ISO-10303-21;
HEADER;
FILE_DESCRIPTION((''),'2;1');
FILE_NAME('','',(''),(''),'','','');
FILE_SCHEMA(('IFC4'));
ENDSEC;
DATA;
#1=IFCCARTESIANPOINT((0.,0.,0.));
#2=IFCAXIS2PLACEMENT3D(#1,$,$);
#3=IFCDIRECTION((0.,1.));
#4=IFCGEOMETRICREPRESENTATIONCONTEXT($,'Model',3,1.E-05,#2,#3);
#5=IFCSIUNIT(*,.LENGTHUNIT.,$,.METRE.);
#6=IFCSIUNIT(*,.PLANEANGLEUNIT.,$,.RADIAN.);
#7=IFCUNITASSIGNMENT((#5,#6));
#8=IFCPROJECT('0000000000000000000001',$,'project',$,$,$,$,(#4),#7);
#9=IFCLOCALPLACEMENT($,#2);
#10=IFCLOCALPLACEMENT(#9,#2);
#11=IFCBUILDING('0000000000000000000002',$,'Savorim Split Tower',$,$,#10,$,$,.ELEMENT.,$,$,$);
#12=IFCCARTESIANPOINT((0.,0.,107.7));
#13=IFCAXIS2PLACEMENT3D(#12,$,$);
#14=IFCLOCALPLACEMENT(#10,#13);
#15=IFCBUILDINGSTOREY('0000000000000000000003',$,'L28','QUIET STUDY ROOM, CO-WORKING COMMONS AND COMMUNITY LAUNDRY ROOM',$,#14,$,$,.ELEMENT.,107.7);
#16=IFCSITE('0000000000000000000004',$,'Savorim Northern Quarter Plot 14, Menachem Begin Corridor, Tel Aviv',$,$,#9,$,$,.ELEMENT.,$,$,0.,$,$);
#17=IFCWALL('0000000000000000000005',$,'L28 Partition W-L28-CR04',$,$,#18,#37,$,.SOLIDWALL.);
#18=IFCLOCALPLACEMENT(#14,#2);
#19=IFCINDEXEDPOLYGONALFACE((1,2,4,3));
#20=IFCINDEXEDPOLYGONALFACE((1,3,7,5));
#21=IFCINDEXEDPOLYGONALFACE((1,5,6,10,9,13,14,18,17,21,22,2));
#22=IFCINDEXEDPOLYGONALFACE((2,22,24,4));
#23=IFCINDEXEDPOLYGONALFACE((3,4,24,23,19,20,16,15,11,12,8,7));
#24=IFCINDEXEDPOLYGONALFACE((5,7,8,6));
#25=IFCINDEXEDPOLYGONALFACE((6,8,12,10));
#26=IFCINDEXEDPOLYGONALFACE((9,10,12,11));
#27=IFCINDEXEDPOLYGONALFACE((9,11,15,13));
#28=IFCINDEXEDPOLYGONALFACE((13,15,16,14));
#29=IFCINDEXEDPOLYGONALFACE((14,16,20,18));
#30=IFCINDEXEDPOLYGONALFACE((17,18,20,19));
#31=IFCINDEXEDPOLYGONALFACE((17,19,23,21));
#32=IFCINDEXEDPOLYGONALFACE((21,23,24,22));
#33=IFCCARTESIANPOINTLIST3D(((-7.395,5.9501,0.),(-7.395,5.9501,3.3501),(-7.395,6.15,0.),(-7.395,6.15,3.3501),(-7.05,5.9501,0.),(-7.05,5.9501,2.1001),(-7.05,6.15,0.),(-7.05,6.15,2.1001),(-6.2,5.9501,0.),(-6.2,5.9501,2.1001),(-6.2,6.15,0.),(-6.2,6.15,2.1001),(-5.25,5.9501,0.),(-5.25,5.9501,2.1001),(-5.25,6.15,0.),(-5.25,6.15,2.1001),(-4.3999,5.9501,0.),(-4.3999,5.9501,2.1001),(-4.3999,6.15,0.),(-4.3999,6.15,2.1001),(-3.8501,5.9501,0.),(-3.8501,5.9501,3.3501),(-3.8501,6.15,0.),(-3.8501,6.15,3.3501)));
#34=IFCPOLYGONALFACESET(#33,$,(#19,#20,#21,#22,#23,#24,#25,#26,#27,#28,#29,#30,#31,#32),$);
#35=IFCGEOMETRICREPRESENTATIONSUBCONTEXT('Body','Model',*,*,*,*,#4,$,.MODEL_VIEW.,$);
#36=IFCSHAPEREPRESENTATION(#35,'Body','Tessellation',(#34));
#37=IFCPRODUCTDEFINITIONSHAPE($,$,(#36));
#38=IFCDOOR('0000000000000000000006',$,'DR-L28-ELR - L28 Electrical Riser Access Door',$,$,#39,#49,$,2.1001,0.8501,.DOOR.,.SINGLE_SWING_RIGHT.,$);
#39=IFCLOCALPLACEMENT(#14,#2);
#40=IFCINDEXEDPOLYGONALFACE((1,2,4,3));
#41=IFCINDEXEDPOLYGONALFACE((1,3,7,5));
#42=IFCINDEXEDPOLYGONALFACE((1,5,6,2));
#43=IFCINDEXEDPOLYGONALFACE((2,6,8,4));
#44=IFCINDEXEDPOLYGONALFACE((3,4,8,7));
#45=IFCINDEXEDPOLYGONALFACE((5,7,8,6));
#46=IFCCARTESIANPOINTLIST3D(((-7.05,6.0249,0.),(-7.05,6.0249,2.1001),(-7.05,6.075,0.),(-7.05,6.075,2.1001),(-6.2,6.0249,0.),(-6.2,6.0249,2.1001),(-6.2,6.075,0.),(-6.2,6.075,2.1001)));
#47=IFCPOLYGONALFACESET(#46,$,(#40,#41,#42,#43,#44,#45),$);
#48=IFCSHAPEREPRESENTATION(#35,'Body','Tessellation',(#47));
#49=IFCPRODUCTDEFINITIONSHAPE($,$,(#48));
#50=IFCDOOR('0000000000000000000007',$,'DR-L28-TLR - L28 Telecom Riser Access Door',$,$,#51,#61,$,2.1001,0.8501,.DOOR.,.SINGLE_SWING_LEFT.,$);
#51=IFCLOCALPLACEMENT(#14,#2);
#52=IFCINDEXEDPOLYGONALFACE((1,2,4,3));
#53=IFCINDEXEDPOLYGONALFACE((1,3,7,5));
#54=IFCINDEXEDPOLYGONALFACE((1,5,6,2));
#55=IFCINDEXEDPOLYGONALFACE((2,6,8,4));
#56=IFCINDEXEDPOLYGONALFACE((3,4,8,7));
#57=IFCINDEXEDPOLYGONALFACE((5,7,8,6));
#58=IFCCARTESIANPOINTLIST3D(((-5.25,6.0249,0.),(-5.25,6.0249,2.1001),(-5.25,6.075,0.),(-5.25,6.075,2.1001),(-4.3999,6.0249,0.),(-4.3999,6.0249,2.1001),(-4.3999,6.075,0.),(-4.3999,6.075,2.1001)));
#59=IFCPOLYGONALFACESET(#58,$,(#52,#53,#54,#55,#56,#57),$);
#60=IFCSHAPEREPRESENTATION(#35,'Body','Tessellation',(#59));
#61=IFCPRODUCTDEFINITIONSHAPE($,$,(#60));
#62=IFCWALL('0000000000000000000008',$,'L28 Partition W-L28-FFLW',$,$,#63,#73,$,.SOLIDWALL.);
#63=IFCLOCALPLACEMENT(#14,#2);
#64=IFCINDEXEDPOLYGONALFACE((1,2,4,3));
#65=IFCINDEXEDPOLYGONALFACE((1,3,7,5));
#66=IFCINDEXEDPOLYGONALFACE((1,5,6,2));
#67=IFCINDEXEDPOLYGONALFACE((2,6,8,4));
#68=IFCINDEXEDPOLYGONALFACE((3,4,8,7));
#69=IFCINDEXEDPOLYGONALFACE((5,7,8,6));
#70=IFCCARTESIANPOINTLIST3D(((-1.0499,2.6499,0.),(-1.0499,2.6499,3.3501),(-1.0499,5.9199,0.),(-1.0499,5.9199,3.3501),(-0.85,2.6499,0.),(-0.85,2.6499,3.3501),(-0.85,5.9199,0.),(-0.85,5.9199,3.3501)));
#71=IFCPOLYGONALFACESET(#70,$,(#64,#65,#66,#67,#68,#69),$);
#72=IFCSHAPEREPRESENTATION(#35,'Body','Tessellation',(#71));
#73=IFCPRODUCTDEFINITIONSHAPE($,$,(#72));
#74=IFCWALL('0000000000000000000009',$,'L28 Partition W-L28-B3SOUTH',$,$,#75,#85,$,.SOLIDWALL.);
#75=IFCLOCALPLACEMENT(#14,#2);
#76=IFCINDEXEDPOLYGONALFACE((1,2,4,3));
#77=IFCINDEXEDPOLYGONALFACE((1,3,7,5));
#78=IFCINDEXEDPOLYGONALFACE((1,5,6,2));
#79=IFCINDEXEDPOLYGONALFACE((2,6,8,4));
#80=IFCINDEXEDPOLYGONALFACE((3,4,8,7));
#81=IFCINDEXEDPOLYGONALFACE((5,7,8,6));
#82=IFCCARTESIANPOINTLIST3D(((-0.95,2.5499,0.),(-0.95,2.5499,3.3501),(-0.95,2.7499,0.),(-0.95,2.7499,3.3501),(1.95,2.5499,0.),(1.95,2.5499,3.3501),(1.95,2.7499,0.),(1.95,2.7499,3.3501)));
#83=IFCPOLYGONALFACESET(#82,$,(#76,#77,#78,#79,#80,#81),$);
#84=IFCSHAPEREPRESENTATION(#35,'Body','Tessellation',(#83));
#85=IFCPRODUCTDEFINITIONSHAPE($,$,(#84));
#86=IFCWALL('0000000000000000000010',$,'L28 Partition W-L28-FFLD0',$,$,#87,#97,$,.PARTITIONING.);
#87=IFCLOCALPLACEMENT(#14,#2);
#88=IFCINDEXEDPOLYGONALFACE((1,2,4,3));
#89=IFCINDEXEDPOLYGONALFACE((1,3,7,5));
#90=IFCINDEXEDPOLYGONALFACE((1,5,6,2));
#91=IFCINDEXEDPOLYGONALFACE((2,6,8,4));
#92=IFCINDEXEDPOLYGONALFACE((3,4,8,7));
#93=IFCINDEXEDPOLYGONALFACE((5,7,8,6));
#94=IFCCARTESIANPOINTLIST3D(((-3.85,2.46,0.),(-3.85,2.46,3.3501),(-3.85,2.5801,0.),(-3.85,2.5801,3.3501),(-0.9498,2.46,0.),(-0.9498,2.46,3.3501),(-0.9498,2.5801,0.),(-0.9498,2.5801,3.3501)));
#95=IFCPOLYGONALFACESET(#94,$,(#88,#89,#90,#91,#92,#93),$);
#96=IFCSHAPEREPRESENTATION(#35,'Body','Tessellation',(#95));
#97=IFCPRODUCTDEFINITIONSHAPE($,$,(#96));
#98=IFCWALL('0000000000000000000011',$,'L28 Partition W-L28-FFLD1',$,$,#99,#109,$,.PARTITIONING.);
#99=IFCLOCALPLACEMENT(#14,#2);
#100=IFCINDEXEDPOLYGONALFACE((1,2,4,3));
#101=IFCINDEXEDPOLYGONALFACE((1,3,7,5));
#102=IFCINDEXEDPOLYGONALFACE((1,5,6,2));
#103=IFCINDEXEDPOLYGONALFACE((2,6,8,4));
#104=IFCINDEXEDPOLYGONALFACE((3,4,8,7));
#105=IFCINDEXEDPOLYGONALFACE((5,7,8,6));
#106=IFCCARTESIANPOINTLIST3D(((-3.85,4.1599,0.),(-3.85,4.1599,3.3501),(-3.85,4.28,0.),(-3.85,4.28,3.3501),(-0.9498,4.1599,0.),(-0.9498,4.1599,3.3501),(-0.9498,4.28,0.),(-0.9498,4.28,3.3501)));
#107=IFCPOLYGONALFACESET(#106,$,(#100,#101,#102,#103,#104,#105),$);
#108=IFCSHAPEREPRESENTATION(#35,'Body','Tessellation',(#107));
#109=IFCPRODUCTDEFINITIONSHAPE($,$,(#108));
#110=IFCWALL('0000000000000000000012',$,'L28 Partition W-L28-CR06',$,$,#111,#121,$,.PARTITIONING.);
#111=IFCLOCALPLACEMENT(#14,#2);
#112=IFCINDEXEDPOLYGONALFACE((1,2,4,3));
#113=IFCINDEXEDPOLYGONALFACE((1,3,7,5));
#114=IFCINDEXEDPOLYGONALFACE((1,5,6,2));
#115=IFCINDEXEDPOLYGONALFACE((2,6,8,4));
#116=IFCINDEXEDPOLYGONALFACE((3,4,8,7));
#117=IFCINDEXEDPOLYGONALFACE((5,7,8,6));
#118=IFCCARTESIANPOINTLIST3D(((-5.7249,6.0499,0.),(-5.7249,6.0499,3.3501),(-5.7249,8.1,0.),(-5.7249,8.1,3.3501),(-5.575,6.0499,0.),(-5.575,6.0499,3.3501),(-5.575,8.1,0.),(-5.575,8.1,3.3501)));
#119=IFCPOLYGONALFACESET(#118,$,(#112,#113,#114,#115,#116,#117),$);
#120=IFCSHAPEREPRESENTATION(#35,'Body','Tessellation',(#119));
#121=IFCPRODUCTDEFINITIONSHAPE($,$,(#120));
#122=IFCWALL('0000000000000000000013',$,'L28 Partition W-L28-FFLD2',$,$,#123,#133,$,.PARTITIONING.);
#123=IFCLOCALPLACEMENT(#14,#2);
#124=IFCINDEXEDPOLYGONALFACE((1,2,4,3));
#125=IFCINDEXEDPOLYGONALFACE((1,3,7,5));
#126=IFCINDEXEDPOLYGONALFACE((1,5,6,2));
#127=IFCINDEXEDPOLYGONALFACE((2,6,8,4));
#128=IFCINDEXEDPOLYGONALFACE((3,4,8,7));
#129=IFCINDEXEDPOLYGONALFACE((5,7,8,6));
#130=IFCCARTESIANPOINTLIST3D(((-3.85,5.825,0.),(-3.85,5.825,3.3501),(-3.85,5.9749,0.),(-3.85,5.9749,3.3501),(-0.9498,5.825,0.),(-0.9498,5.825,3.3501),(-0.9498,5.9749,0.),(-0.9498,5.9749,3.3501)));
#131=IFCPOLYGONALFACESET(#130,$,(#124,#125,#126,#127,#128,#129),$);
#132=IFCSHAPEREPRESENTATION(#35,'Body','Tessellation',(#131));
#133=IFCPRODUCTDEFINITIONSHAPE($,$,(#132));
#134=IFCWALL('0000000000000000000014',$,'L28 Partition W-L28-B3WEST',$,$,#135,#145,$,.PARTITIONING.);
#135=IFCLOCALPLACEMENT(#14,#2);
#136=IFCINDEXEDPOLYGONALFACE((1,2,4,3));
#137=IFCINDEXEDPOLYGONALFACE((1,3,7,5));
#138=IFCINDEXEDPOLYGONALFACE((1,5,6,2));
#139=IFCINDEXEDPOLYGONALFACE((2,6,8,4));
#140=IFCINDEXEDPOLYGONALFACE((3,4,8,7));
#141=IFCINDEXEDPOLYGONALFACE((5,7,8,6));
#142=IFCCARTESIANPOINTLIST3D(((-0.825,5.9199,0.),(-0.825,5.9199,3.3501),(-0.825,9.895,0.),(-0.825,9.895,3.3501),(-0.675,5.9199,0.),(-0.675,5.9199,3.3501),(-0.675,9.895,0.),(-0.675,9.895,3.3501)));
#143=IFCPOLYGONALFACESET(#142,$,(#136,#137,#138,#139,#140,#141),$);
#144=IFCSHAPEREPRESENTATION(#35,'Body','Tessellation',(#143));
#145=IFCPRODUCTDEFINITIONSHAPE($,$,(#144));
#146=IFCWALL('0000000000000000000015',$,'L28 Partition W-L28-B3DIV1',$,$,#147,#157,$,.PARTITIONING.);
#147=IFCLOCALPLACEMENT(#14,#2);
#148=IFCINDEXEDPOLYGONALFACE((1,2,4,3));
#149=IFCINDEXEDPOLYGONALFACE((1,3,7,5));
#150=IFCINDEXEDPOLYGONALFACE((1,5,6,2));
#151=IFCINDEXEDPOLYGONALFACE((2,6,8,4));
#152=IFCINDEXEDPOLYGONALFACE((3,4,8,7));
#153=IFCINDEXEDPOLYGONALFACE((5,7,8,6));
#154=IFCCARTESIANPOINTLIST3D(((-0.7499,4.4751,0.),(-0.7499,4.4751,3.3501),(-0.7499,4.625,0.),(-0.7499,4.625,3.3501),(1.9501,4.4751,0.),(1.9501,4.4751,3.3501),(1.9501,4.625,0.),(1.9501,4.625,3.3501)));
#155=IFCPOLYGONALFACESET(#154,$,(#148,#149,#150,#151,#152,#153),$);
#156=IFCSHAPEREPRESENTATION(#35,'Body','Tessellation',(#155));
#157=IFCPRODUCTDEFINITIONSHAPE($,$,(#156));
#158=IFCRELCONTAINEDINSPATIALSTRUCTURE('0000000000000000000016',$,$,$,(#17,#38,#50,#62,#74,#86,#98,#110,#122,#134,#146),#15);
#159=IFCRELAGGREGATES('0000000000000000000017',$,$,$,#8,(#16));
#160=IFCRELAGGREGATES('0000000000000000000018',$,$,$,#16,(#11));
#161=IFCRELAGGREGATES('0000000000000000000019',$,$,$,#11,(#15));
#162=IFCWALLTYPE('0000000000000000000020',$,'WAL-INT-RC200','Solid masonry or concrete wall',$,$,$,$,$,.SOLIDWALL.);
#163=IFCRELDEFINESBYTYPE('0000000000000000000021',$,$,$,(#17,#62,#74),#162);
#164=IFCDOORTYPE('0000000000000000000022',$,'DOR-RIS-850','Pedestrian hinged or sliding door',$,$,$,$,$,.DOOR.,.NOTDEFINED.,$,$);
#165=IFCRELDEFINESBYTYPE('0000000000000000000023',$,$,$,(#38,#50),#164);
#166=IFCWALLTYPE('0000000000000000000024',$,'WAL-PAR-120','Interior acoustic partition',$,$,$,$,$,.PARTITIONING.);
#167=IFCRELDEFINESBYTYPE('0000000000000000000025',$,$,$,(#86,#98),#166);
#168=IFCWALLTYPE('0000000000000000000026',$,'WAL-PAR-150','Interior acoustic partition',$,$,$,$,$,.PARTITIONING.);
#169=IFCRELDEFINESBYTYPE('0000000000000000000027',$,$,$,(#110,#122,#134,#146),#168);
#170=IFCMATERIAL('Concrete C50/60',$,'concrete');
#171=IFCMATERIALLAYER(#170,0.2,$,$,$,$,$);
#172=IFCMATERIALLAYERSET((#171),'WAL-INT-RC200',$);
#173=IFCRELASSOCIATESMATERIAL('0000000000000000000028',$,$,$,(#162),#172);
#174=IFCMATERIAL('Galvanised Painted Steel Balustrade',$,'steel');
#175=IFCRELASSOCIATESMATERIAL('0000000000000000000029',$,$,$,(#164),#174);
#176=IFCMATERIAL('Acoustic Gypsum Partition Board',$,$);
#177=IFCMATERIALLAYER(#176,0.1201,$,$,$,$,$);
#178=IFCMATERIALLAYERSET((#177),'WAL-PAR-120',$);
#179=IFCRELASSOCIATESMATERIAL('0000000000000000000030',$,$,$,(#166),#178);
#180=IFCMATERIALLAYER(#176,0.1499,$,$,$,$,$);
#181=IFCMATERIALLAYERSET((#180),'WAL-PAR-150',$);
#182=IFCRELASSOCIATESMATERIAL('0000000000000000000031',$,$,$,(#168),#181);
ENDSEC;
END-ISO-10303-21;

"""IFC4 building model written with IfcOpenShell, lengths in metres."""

from ifc_helpers import new_model, si_unit, direction, frame, frame_2d, origin, place, context, subcontext, project, spatial, rectangle, extrude, material, layer, layer_set, type_object, element, fill, save


model = new_model("IFC4")

# Units and contexts
model_context = context("Model", 3, precision=1e-05, world=origin(), true_north=direction((0.0, 1.0)))
body_context = subcontext(model_context, "Body", "Model", "MODEL_VIEW")
ifc_project = project(units=[si_unit("LENGTHUNIT", "METRE"), si_unit("PLANEANGLEUNIT", "RADIAN")], contexts=[model_context])

# Site, building, storey
site_placement = place(None, origin())
site = spatial("IfcSite", under=ifc_project, at=site_placement, Name="Savorim Northern Quarter Plot 14, Menachem Begin Corridor, Tel Aviv", CompositionType="ELEMENT", RefElevation=0.0)
building_placement = place(site_placement, origin())
building = spatial("IfcBuilding", under=site, at=building_placement, Name="Savorim Split Tower", CompositionType="ELEMENT")
storey_placement = place(building_placement, frame((0.0, 0.0, 107.7)))
storey = spatial("IfcBuildingStorey", under=building, at=storey_placement, Name="L28", Description="QUIET STUDY ROOM, CO-WORKING COMMONS AND COMMUNITY LAUNDRY ROOM", CompositionType="ELEMENT", Elevation=107.7)

# Wall, openings, doors
ifc_material_1 = material(Name="Concrete C50/60", Category="concrete")
ifc_layer_1 = layer(ifc_material_1, 0.2)
ifc_layer_set_1 = layer_set([ifc_layer_1], Name="WAL-INT-RC200")
wall_type_1 = type_object("IfcWallType", Name="WAL-INT-RC200", Description="Solid masonry or concrete wall", PredefinedType="SOLIDWALL", material=ifc_layer_set_1)
wall_1_placement = place(storey_placement, frame((-7.395, 6.05, 0.0), z_axis=(0.0, 0.0, 1.0), x_axis=(1.0, 0.0, 0.0)))
wall_1 = element("IfcWall", 1, at=wall_1_placement, inside=storey, type_object=wall_type_1, Name="L28 Partition W-L28-CR04", PredefinedType="SOLIDWALL", context=body_context, shape_type="SweptSolid", body=[
    extrude(rectangle(XDim=3.5449, YDim=0.2, at=frame_2d((1.7725, 0.0))), origin(), (0.0, 0.0, 1.0), 3.3501),
])
opening_1_placement = place(wall_1_placement, frame((0.345, 0.0, 0.0)))
opening_1 = element("IfcOpeningElement", 2, at=opening_1_placement, cuts=wall_1, PredefinedType="OPENING", context=body_context, shape_type="SweptSolid", body=[
    extrude(rectangle(XDim=0.8501, YDim=2.1001, at=frame_2d((0.425, 1.05))), frame((0.0, 0.1099, 0.0), z_axis=(0.0, -1.0, 0.0), x_axis=(1.0, 0.0, 0.0)), (0.0, 0.0, 1.0), 0.22),
])
opening_2_placement = place(wall_1_placement, frame((2.145, 0.0, 0.0)))
opening_2 = element("IfcOpeningElement", 3, at=opening_2_placement, cuts=wall_1, PredefinedType="OPENING", context=body_context, shape_type="SweptSolid", body=[
    extrude(rectangle(XDim=0.8501, YDim=2.1001, at=frame_2d((0.425, 1.05))), frame((0.0, 0.1099, 0.0), z_axis=(0.0, -1.0, 0.0), x_axis=(1.0, 0.0, 0.0)), (0.0, 0.0, 1.0), 0.22),
])
ifc_material_2 = material(Name="Galvanised Painted Steel Balustrade", Category="steel")
door_type_1 = type_object("IfcDoorType", Name="DOR-RIS-850", Description="Pedestrian hinged or sliding door", OperationType="NOTDEFINED", PredefinedType="DOOR", material=ifc_material_2)
door_1_placement = place(opening_1_placement, origin())
door_1 = element("IfcDoor", 4, at=door_1_placement, inside=storey, type_object=door_type_1, Name="DR-L28-ELR - L28 Electrical Riser Access Door", OperationType="SINGLE_SWING_RIGHT", OverallHeight=2.1001, OverallWidth=0.8501, PredefinedType="DOOR", context=body_context, shape_type="SweptSolid", body=[
    extrude(rectangle(XDim=0.8501, YDim=2.1001, at=frame_2d((0.425, 1.05))), frame((0.0, 0.0249, 0.0), z_axis=(0.0, -1.0, 0.0), x_axis=(1.0, 0.0, 0.0)), (0.0, 0.0, 1.0), 0.05),
])
fill(opening_1, door_1)
door_2_placement = place(opening_2_placement, origin())
door_2 = element("IfcDoor", 5, at=door_2_placement, inside=storey, type_object=door_type_1, Name="DR-L28-TLR - L28 Telecom Riser Access Door", OperationType="SINGLE_SWING_LEFT", OverallHeight=2.1001, OverallWidth=0.8501, PredefinedType="DOOR", context=body_context, shape_type="SweptSolid", body=[
    extrude(rectangle(XDim=0.8501, YDim=2.1001, at=frame_2d((0.425, 1.05))), frame((0.0, 0.0249, 0.0), z_axis=(0.0, -1.0, 0.0), x_axis=(1.0, 0.0, 0.0)), (0.0, 0.0, 1.0), 0.05),
])
fill(opening_2, door_2)

# Walls
wall_2_placement = place(storey_placement, frame((-0.95, 2.6499, 0.0), z_axis=(0.0, 0.0, 1.0), x_axis=(0.0, 1.0, 0.0)))
element("IfcWall", 6, at=wall_2_placement, inside=storey, type_object=wall_type_1, Name="L28 Partition W-L28-FFLW", PredefinedType="SOLIDWALL", context=body_context, shape_type="SweptSolid", body=[
    extrude(rectangle(XDim=3.27, YDim=0.2, at=frame_2d((1.635, 0.0))), origin(), (0.0, 0.0, 1.0), 3.3501),
])
wall_3_placement = place(storey_placement, frame((-0.95, 2.6499, 0.0), z_axis=(0.0, 0.0, 1.0), x_axis=(1.0, 0.0, 0.0)))
element("IfcWall", 7, at=wall_3_placement, inside=storey, type_object=wall_type_1, Name="L28 Partition W-L28-B3SOUTH", PredefinedType="SOLIDWALL", context=body_context, shape_type="SweptSolid", body=[
    extrude(rectangle(XDim=2.8999, YDim=0.2, at=frame_2d((1.45, 0.0))), origin(), (0.0, 0.0, 1.0), 3.3501),
])
ifc_material_3 = material(Name="Acoustic Gypsum Partition Board")
ifc_layer_2 = layer(ifc_material_3, 0.1201)
ifc_layer_set_2 = layer_set([ifc_layer_2], Name="WAL-PAR-120")
wall_type_2 = type_object("IfcWallType", Name="WAL-PAR-120", Description="Interior acoustic partition", PredefinedType="PARTITIONING", material=ifc_layer_set_2)
for number, where, z_axis, x_axis, name in (
    (8, (-3.8501, 2.52, 0.0), (0.0, 0.0, 1.0), (1.0, 0.0, 0.0), "L28 Partition W-L28-FFLD0"),
    (9, (-3.8501, 4.22, 0.0), (0.0, 0.0, 1.0), (1.0, 0.0, 0.0), "L28 Partition W-L28-FFLD1"),
):
    element("IfcWall", number, at=place(storey_placement, frame(where, z_axis=z_axis, x_axis=x_axis)), inside=storey, type_object=wall_type_2, Name=name, PredefinedType="PARTITIONING", context=body_context, shape_type="SweptSolid", body=[
        extrude(rectangle(XDim=2.9001, YDim=0.1201, at=frame_2d((1.4502, 0.0))), origin(), (0.0, 0.0, 1.0), 3.3501),
    ])
ifc_layer_3 = layer(ifc_material_3, 0.1499)
ifc_layer_set_3 = layer_set([ifc_layer_3], Name="WAL-PAR-150")
wall_type_3 = type_object("IfcWallType", Name="WAL-PAR-150", Description="Interior acoustic partition", PredefinedType="PARTITIONING", material=ifc_layer_set_3)
wall_4_placement = place(storey_placement, frame((-5.6499, 6.05, 0.0), z_axis=(0.0, 0.0, 1.0), x_axis=(0.0, 1.0, 0.0)))
element("IfcWall", 10, at=wall_4_placement, inside=storey, type_object=wall_type_3, Name="L28 Partition W-L28-CR06", PredefinedType="PARTITIONING", context=body_context, shape_type="SweptSolid", body=[
    extrude(rectangle(XDim=2.05, YDim=0.1499, at=frame_2d((1.0249, 0.0))), origin(), (0.0, 0.0, 1.0), 3.3501),
])
wall_5_placement = place(storey_placement, frame((-3.8501, 5.8999, 0.0), z_axis=(0.0, 0.0, 1.0), x_axis=(1.0, 0.0, 0.0)))
element("IfcWall", 11, at=wall_5_placement, inside=storey, type_object=wall_type_3, Name="L28 Partition W-L28-FFLD2", PredefinedType="PARTITIONING", context=body_context, shape_type="SweptSolid", body=[
    extrude(rectangle(XDim=2.9001, YDim=0.1499, at=frame_2d((1.4502, 0.0))), origin(), (0.0, 0.0, 1.0), 3.3501),
])
wall_6_placement = place(storey_placement, frame((-0.75, 5.9199, 0.0), z_axis=(0.0, 0.0, 1.0), x_axis=(0.0, 1.0, 0.0)))
element("IfcWall", 12, at=wall_6_placement, inside=storey, type_object=wall_type_3, Name="L28 Partition W-L28-B3WEST", PredefinedType="PARTITIONING", context=body_context, shape_type="SweptSolid", body=[
    extrude(rectangle(XDim=3.9751, YDim=0.1499, at=frame_2d((1.9875, 0.0))), origin(), (0.0, 0.0, 1.0), 3.3501),
])
wall_7_placement = place(storey_placement, frame((-0.75, 4.55, 0.0), z_axis=(0.0, 0.0, 1.0), x_axis=(1.0, 0.0, 0.0)))
element("IfcWall", 13, at=wall_7_placement, inside=storey, type_object=wall_type_3, Name="L28 Partition W-L28-B3DIV1", PredefinedType="PARTITIONING", context=body_context, shape_type="SweptSolid", body=[
    extrude(rectangle(XDim=2.7, YDim=0.1499, at=frame_2d((1.3501, 0.0))), origin(), (0.0, 0.0, 1.0), 3.3501),
])

save(model, "model.ifc")
